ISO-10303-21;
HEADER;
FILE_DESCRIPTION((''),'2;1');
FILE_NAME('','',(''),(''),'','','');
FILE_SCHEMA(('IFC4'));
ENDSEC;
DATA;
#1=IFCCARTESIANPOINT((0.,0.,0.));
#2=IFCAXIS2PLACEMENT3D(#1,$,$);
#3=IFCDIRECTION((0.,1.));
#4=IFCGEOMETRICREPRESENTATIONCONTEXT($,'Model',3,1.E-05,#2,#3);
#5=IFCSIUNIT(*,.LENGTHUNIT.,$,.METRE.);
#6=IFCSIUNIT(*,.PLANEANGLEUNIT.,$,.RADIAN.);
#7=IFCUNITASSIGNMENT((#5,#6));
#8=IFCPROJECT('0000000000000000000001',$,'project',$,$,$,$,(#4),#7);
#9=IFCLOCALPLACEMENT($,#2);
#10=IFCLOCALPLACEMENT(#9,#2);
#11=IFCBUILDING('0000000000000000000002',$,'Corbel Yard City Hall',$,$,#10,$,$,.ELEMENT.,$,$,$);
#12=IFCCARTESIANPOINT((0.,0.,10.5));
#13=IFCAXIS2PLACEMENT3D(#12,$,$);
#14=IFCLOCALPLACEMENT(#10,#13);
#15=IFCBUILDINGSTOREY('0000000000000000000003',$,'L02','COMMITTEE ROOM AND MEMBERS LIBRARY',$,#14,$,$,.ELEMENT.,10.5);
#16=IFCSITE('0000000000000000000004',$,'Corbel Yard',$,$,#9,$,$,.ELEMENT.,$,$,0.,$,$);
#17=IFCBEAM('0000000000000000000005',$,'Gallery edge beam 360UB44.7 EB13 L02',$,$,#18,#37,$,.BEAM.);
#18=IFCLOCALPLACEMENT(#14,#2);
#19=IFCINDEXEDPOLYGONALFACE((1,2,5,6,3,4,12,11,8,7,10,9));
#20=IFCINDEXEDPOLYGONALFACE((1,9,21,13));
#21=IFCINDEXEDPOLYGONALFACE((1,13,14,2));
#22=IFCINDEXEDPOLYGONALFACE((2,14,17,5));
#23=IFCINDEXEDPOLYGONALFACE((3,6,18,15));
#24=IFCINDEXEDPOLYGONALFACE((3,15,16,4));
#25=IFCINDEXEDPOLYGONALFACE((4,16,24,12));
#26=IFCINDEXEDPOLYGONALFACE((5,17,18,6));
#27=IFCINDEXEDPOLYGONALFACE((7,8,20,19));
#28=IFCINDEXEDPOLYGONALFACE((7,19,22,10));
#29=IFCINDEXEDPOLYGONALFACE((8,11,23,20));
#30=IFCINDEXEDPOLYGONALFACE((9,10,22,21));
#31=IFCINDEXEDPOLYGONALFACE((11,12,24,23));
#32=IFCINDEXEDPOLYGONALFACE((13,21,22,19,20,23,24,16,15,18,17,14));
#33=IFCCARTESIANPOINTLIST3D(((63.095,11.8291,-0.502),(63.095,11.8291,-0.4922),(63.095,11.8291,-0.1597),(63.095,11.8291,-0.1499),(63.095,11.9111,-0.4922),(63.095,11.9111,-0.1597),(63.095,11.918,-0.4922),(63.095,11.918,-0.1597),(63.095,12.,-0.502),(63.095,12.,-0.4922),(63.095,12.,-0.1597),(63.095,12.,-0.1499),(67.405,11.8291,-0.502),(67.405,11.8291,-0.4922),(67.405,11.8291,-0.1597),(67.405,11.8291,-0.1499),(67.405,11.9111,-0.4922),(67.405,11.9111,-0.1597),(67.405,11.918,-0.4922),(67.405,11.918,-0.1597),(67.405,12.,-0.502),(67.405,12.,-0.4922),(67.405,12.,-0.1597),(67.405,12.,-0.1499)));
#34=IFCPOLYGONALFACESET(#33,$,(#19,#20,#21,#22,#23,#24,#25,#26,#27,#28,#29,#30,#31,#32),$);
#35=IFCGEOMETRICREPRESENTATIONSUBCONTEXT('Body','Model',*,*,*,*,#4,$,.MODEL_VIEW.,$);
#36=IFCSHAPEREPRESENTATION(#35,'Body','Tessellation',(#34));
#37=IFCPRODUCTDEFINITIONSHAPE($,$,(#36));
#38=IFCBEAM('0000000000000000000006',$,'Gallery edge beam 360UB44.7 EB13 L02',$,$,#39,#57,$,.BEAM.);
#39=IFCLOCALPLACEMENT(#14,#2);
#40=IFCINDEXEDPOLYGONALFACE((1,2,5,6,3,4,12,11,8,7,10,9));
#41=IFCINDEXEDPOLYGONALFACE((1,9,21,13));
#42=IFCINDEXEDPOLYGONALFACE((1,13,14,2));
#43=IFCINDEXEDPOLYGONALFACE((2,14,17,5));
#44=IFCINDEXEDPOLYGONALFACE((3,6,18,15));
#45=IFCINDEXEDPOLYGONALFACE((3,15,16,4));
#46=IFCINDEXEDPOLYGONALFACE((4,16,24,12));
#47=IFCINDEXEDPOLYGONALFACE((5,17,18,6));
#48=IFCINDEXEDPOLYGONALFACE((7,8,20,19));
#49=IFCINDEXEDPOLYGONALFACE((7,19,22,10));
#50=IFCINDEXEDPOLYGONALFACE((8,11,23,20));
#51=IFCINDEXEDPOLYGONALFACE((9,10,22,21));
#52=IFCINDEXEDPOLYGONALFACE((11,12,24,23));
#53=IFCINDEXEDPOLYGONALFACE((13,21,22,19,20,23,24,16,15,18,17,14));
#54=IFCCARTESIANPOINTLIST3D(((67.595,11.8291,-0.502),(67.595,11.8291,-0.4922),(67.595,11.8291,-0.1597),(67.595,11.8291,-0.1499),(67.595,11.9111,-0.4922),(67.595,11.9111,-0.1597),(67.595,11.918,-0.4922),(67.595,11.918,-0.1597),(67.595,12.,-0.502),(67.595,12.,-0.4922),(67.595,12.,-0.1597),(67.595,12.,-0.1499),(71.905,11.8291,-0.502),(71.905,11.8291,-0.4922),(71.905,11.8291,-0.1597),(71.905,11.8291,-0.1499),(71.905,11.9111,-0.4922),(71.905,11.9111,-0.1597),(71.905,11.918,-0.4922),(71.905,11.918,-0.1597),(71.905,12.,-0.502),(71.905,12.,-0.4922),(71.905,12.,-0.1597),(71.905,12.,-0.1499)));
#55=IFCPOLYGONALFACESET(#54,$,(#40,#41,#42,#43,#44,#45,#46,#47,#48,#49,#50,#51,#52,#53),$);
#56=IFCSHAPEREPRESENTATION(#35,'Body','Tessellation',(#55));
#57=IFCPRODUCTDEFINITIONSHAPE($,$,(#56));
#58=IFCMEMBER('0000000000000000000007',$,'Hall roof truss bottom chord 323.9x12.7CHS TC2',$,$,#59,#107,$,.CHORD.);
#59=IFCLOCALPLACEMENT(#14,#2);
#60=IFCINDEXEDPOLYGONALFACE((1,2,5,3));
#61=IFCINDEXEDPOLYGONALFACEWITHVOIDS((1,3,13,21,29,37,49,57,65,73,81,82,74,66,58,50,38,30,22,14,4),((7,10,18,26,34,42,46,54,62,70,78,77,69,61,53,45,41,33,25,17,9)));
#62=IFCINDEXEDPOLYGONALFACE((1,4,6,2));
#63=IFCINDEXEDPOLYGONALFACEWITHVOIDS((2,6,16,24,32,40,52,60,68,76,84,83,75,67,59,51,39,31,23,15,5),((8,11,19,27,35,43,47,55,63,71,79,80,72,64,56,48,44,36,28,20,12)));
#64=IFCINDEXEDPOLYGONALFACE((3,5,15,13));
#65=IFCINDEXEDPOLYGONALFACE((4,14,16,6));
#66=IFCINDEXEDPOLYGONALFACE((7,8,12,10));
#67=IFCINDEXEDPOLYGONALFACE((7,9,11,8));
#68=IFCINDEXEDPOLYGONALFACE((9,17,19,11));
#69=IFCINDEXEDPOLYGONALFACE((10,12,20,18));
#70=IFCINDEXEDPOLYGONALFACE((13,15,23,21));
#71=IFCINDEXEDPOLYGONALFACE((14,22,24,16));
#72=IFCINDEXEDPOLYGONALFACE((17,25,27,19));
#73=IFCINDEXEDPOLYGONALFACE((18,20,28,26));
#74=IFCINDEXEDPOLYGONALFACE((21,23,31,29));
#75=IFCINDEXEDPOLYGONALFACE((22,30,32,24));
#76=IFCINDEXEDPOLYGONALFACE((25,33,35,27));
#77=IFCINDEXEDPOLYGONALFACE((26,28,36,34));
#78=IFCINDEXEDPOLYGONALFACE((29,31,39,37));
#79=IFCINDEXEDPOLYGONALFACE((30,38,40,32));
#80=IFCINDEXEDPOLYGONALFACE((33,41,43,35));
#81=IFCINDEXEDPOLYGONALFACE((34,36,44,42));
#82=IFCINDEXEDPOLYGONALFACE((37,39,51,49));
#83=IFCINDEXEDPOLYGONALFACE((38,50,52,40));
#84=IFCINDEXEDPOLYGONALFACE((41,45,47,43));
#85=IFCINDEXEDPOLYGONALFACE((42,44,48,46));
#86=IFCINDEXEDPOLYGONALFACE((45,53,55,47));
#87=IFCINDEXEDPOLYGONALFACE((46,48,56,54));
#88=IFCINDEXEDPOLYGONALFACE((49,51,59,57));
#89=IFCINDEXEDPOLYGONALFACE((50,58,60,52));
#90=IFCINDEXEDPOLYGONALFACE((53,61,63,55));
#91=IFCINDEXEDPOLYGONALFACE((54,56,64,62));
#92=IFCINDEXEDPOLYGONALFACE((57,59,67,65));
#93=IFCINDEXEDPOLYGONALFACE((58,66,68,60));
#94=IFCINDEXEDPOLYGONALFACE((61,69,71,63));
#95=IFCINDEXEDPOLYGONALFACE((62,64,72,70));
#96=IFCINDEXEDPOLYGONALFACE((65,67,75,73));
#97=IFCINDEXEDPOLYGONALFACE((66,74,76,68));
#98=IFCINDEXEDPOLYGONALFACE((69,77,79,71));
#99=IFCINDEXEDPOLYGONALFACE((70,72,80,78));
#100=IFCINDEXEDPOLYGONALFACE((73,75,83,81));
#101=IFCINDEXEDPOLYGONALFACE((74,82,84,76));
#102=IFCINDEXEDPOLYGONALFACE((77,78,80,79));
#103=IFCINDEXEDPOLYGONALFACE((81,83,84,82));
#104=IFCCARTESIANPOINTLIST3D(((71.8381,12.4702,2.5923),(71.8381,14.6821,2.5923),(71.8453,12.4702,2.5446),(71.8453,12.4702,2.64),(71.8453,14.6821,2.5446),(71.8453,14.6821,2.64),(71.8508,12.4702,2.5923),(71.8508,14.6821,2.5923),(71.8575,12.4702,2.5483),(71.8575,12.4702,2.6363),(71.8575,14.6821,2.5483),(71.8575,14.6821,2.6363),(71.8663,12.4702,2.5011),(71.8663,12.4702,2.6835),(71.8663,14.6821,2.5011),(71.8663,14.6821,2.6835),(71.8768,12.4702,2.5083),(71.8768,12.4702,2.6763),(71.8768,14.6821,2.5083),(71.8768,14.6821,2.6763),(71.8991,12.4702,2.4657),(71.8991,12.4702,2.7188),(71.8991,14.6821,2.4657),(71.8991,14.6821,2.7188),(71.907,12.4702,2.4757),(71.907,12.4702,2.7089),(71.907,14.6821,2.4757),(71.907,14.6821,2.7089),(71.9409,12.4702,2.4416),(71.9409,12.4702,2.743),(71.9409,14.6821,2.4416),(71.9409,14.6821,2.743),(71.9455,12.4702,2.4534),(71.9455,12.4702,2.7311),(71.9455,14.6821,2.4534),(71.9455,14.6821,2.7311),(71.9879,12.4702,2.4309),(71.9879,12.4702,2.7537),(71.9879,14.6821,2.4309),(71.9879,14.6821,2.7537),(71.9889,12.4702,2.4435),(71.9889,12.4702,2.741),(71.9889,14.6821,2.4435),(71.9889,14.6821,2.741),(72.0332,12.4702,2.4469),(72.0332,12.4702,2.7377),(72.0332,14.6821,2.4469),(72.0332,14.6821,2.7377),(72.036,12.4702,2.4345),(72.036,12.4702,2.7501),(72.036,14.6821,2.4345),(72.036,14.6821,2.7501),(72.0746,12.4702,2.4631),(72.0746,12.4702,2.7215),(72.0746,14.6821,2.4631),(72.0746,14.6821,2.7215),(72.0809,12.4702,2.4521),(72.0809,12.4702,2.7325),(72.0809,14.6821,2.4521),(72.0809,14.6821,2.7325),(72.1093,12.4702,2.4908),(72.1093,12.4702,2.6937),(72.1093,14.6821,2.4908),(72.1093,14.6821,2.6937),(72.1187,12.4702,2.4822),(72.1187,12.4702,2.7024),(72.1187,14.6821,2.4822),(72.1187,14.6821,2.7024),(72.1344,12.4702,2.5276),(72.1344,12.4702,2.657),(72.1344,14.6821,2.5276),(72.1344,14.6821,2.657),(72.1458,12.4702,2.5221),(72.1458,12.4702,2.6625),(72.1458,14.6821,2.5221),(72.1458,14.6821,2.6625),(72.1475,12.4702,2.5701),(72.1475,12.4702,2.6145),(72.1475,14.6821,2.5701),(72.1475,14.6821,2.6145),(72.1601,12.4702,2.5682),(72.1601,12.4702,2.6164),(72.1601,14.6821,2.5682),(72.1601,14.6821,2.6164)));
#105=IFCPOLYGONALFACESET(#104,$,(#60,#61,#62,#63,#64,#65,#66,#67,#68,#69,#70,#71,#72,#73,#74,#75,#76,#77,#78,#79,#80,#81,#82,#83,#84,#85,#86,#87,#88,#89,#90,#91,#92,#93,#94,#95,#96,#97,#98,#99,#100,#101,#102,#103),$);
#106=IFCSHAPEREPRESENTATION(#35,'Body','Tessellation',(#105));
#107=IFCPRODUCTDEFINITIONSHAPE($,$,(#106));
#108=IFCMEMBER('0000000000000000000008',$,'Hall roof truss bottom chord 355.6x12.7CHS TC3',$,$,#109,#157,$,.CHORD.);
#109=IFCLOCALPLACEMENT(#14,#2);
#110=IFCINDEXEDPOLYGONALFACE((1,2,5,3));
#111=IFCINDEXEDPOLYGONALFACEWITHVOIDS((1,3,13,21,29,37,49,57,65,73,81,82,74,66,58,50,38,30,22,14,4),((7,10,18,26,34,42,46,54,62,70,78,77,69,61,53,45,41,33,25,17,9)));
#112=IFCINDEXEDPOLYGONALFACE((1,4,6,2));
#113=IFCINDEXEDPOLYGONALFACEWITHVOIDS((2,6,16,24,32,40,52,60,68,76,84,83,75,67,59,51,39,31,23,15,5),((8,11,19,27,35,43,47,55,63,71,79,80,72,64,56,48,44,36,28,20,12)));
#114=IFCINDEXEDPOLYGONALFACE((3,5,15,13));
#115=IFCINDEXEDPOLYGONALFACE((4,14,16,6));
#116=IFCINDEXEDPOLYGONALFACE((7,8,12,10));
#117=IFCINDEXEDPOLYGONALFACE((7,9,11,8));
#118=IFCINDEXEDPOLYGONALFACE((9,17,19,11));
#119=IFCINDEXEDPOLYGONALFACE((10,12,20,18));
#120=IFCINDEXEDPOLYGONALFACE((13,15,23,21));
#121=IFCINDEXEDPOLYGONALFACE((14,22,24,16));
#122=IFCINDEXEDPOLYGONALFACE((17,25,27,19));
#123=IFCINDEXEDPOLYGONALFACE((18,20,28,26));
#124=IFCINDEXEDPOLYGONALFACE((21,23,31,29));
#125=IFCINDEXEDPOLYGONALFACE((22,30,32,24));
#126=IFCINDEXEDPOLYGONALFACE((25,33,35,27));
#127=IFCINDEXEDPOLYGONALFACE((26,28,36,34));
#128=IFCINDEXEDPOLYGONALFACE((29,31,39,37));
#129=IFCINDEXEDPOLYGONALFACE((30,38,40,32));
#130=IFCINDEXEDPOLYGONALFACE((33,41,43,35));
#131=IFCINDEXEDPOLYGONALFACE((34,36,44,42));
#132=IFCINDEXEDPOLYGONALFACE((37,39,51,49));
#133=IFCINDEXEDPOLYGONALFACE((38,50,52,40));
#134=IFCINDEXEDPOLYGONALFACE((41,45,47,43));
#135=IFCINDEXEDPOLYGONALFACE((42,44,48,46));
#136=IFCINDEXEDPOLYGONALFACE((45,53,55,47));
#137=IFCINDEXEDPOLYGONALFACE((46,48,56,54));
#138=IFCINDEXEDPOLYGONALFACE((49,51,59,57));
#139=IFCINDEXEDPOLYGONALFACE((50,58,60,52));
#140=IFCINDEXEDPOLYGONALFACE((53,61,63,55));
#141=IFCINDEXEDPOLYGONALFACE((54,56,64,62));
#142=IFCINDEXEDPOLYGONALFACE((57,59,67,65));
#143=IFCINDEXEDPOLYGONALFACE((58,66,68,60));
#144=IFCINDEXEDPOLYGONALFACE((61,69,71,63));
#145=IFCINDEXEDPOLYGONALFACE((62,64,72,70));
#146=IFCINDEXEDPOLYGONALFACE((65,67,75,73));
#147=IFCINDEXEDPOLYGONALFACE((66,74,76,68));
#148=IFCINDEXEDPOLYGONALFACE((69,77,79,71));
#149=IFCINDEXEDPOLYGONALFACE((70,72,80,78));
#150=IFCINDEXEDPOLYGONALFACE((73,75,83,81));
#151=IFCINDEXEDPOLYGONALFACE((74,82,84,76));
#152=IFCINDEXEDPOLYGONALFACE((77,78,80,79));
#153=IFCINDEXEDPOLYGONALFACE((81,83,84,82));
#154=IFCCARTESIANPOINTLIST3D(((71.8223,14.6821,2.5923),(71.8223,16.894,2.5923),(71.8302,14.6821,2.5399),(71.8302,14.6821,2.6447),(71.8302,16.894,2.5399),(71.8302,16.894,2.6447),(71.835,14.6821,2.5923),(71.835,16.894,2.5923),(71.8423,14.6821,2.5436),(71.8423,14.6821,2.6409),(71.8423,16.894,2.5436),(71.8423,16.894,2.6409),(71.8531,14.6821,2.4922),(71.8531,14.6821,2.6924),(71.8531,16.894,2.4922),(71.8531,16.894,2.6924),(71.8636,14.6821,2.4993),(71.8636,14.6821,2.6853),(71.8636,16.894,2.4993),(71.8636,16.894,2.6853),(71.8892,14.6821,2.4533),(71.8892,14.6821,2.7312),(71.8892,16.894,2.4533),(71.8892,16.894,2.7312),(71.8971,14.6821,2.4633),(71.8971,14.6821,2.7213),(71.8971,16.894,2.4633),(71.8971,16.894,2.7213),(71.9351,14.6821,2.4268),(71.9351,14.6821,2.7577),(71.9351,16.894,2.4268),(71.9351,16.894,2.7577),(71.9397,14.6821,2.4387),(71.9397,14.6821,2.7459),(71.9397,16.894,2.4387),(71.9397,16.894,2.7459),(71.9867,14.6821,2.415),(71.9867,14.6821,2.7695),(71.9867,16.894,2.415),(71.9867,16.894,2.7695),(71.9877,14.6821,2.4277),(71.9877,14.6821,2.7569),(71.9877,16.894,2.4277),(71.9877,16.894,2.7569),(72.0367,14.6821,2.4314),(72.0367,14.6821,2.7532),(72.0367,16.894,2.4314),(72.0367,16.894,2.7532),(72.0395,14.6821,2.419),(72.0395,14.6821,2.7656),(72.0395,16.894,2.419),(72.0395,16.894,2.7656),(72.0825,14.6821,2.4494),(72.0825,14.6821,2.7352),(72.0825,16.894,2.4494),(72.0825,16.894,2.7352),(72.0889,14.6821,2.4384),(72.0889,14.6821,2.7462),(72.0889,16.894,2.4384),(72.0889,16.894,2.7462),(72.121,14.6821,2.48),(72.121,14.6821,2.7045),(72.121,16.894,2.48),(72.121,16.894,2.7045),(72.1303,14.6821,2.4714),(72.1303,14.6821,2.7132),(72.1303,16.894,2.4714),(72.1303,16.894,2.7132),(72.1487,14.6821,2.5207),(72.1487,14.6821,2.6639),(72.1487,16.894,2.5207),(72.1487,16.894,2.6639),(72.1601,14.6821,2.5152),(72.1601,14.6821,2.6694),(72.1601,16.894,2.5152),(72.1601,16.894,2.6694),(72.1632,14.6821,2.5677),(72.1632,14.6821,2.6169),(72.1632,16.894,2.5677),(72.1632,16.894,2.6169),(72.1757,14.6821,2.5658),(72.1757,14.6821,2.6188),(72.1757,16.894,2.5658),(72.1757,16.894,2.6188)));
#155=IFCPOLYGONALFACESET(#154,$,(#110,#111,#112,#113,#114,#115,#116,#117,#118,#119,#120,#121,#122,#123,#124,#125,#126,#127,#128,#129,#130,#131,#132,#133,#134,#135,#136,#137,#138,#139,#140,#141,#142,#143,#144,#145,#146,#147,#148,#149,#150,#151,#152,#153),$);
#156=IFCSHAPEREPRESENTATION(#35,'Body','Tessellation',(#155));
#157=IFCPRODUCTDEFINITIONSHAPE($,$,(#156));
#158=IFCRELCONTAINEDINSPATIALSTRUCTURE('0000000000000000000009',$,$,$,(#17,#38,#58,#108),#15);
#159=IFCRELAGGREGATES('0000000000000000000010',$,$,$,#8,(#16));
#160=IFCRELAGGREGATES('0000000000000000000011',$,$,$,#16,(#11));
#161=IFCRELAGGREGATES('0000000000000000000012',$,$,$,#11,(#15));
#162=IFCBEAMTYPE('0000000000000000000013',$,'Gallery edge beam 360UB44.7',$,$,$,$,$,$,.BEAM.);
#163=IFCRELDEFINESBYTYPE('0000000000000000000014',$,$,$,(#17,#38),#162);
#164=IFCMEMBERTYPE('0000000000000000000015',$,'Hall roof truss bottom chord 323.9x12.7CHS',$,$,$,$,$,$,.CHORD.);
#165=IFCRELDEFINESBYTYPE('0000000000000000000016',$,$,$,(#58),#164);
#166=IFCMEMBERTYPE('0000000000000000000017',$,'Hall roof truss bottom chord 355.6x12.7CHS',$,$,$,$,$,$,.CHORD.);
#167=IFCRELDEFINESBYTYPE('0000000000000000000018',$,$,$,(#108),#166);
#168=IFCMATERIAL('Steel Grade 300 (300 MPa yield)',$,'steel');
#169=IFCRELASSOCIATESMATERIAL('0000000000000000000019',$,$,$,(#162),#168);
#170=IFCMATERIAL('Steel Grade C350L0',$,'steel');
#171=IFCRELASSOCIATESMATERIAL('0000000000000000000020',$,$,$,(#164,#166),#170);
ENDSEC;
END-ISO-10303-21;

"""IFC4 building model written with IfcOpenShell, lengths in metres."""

from ifc_helpers import new_model, si_unit, direction, frame, origin, origin_2d, place, context, subcontext, project, spatial, hollow_circle, i_section, extrude, material, material_profile, profile_set, type_object, element, save


model = new_model("IFC4")

# Units and contexts
model_context = context("Model", 3, precision=1e-05, world=origin(), true_north=direction((0.0, 1.0)))
body_context = subcontext(model_context, "Body", "Model", "MODEL_VIEW")
ifc_project = project(units=[si_unit("LENGTHUNIT", "METRE"), si_unit("PLANEANGLEUNIT", "RADIAN")], contexts=[model_context])

# Site, building, storey
site_placement = place(None, origin())
site = spatial("IfcSite", under=ifc_project, at=site_placement, Name="Corbel Yard", CompositionType="ELEMENT", RefElevation=0.0)
building_placement = place(site_placement, origin())
building = spatial("IfcBuilding", under=site, at=building_placement, Name="Corbel Yard City Hall", CompositionType="ELEMENT")
storey_placement = place(building_placement, frame((0.0, 0.0, 10.5)))
storey = spatial("IfcBuildingStorey", under=building, at=storey_placement, Name="L02", Description="COMMITTEE ROOM AND MEMBERS LIBRARY", CompositionType="ELEMENT", Elevation=10.5)

# Beams
ifc_material_1 = material(Name="Steel Grade 300 (300 MPa yield)", Category="steel")
ifc_material_profile_1 = material_profile(ifc_material_1, i_section(OverallWidth=0.1709, OverallDepth=0.3521, WebThickness=0.0068, FlangeThickness=0.0098, at=origin_2d()), Name="360UB44.7")
ifc_profile_set_1 = profile_set([ifc_material_profile_1], Name="Steel Grade 300 (300 MPa yield)")
beam_type = type_object("IfcBeamType", Name="Gallery edge beam 360UB44.7", PredefinedType="BEAM", material=ifc_profile_set_1)
for number, where, z_axis, x_axis, name in (
    (1, (63.095, 11.9146, -0.3259), (1.0, 0.0, 0.0), (0.0, 1.0, 0.0), "Gallery edge beam 360UB44.7 EB13 L02"),
    (2, (67.595, 11.9146, -0.3259), (1.0, 0.0, 0.0), (0.0, 1.0, 0.0), "Gallery edge beam 360UB44.7 EB13 L02"),
):
    element("IfcBeam", number, at=place(storey_placement, frame(where, z_axis=z_axis, x_axis=x_axis)), inside=storey, type_object=beam_type, Name=name, PredefinedType="BEAM", context=body_context, shape_type="SweptSolid", body=[
        extrude(i_section(OverallWidth=0.1709, OverallDepth=0.3521, WebThickness=0.0068, FlangeThickness=0.0098, at=origin_2d()), origin(), (0.0, 0.0, 1.0), 4.3101),
    ])

# Members
ifc_material_2 = material(Name="Steel Grade C350L0", Category="steel")
ifc_material_profile_2 = material_profile(ifc_material_2, hollow_circle(Radius=0.1619, WallThickness=0.0127, at=origin_2d()), Name="323.9x12.7CHS")
ifc_profile_set_2 = profile_set([ifc_material_profile_2], Name="Steel Grade C350L0")
member_type_1 = type_object("IfcMemberType", Name="Hall roof truss bottom chord 323.9x12.7CHS", PredefinedType="CHORD", material=ifc_profile_set_2)
member_1_placement = place(storey_placement, frame((72.0, 12.4702, 2.5923), z_axis=(0.0, 1.0, 0.0), x_axis=(-1.0, 0.0, 0.0)))
element("IfcMember", 3, at=member_1_placement, inside=storey, type_object=member_type_1, Name="Hall roof truss bottom chord 323.9x12.7CHS TC2", PredefinedType="CHORD", context=body_context, shape_type="SweptSolid", body=[
    extrude(hollow_circle(Radius=0.1619, WallThickness=0.0127, at=origin_2d()), origin(), (0.0, 0.0, 1.0), 2.2119),
])
ifc_material_profile_3 = material_profile(ifc_material_2, hollow_circle(Radius=0.1777, WallThickness=0.0127, at=origin_2d()), Name="355.6x12.7CHS")
ifc_profile_set_3 = profile_set([ifc_material_profile_3], Name="Steel Grade C350L0")
member_type_2 = type_object("IfcMemberType", Name="Hall roof truss bottom chord 355.6x12.7CHS", PredefinedType="CHORD", material=ifc_profile_set_3)
for number, where, z_axis, x_axis, name in (
    (4, (72.0, 14.6821, 2.5923), (0.0, 1.0, 0.0), (-1.0, 0.0, 0.0), "Hall roof truss bottom chord 355.6x12.7CHS TC3"),
):
    element("IfcMember", number, at=place(storey_placement, frame(where, z_axis=z_axis, x_axis=x_axis)), inside=storey, type_object=member_type_2, Name=name, PredefinedType="CHORD", context=body_context, shape_type="SweptSolid", body=[
        extrude(hollow_circle(Radius=0.1777, WallThickness=0.0127, at=origin_2d()), origin(), (0.0, 0.0, 1.0), 2.2119),
    ])

save(model, "model.ifc")
